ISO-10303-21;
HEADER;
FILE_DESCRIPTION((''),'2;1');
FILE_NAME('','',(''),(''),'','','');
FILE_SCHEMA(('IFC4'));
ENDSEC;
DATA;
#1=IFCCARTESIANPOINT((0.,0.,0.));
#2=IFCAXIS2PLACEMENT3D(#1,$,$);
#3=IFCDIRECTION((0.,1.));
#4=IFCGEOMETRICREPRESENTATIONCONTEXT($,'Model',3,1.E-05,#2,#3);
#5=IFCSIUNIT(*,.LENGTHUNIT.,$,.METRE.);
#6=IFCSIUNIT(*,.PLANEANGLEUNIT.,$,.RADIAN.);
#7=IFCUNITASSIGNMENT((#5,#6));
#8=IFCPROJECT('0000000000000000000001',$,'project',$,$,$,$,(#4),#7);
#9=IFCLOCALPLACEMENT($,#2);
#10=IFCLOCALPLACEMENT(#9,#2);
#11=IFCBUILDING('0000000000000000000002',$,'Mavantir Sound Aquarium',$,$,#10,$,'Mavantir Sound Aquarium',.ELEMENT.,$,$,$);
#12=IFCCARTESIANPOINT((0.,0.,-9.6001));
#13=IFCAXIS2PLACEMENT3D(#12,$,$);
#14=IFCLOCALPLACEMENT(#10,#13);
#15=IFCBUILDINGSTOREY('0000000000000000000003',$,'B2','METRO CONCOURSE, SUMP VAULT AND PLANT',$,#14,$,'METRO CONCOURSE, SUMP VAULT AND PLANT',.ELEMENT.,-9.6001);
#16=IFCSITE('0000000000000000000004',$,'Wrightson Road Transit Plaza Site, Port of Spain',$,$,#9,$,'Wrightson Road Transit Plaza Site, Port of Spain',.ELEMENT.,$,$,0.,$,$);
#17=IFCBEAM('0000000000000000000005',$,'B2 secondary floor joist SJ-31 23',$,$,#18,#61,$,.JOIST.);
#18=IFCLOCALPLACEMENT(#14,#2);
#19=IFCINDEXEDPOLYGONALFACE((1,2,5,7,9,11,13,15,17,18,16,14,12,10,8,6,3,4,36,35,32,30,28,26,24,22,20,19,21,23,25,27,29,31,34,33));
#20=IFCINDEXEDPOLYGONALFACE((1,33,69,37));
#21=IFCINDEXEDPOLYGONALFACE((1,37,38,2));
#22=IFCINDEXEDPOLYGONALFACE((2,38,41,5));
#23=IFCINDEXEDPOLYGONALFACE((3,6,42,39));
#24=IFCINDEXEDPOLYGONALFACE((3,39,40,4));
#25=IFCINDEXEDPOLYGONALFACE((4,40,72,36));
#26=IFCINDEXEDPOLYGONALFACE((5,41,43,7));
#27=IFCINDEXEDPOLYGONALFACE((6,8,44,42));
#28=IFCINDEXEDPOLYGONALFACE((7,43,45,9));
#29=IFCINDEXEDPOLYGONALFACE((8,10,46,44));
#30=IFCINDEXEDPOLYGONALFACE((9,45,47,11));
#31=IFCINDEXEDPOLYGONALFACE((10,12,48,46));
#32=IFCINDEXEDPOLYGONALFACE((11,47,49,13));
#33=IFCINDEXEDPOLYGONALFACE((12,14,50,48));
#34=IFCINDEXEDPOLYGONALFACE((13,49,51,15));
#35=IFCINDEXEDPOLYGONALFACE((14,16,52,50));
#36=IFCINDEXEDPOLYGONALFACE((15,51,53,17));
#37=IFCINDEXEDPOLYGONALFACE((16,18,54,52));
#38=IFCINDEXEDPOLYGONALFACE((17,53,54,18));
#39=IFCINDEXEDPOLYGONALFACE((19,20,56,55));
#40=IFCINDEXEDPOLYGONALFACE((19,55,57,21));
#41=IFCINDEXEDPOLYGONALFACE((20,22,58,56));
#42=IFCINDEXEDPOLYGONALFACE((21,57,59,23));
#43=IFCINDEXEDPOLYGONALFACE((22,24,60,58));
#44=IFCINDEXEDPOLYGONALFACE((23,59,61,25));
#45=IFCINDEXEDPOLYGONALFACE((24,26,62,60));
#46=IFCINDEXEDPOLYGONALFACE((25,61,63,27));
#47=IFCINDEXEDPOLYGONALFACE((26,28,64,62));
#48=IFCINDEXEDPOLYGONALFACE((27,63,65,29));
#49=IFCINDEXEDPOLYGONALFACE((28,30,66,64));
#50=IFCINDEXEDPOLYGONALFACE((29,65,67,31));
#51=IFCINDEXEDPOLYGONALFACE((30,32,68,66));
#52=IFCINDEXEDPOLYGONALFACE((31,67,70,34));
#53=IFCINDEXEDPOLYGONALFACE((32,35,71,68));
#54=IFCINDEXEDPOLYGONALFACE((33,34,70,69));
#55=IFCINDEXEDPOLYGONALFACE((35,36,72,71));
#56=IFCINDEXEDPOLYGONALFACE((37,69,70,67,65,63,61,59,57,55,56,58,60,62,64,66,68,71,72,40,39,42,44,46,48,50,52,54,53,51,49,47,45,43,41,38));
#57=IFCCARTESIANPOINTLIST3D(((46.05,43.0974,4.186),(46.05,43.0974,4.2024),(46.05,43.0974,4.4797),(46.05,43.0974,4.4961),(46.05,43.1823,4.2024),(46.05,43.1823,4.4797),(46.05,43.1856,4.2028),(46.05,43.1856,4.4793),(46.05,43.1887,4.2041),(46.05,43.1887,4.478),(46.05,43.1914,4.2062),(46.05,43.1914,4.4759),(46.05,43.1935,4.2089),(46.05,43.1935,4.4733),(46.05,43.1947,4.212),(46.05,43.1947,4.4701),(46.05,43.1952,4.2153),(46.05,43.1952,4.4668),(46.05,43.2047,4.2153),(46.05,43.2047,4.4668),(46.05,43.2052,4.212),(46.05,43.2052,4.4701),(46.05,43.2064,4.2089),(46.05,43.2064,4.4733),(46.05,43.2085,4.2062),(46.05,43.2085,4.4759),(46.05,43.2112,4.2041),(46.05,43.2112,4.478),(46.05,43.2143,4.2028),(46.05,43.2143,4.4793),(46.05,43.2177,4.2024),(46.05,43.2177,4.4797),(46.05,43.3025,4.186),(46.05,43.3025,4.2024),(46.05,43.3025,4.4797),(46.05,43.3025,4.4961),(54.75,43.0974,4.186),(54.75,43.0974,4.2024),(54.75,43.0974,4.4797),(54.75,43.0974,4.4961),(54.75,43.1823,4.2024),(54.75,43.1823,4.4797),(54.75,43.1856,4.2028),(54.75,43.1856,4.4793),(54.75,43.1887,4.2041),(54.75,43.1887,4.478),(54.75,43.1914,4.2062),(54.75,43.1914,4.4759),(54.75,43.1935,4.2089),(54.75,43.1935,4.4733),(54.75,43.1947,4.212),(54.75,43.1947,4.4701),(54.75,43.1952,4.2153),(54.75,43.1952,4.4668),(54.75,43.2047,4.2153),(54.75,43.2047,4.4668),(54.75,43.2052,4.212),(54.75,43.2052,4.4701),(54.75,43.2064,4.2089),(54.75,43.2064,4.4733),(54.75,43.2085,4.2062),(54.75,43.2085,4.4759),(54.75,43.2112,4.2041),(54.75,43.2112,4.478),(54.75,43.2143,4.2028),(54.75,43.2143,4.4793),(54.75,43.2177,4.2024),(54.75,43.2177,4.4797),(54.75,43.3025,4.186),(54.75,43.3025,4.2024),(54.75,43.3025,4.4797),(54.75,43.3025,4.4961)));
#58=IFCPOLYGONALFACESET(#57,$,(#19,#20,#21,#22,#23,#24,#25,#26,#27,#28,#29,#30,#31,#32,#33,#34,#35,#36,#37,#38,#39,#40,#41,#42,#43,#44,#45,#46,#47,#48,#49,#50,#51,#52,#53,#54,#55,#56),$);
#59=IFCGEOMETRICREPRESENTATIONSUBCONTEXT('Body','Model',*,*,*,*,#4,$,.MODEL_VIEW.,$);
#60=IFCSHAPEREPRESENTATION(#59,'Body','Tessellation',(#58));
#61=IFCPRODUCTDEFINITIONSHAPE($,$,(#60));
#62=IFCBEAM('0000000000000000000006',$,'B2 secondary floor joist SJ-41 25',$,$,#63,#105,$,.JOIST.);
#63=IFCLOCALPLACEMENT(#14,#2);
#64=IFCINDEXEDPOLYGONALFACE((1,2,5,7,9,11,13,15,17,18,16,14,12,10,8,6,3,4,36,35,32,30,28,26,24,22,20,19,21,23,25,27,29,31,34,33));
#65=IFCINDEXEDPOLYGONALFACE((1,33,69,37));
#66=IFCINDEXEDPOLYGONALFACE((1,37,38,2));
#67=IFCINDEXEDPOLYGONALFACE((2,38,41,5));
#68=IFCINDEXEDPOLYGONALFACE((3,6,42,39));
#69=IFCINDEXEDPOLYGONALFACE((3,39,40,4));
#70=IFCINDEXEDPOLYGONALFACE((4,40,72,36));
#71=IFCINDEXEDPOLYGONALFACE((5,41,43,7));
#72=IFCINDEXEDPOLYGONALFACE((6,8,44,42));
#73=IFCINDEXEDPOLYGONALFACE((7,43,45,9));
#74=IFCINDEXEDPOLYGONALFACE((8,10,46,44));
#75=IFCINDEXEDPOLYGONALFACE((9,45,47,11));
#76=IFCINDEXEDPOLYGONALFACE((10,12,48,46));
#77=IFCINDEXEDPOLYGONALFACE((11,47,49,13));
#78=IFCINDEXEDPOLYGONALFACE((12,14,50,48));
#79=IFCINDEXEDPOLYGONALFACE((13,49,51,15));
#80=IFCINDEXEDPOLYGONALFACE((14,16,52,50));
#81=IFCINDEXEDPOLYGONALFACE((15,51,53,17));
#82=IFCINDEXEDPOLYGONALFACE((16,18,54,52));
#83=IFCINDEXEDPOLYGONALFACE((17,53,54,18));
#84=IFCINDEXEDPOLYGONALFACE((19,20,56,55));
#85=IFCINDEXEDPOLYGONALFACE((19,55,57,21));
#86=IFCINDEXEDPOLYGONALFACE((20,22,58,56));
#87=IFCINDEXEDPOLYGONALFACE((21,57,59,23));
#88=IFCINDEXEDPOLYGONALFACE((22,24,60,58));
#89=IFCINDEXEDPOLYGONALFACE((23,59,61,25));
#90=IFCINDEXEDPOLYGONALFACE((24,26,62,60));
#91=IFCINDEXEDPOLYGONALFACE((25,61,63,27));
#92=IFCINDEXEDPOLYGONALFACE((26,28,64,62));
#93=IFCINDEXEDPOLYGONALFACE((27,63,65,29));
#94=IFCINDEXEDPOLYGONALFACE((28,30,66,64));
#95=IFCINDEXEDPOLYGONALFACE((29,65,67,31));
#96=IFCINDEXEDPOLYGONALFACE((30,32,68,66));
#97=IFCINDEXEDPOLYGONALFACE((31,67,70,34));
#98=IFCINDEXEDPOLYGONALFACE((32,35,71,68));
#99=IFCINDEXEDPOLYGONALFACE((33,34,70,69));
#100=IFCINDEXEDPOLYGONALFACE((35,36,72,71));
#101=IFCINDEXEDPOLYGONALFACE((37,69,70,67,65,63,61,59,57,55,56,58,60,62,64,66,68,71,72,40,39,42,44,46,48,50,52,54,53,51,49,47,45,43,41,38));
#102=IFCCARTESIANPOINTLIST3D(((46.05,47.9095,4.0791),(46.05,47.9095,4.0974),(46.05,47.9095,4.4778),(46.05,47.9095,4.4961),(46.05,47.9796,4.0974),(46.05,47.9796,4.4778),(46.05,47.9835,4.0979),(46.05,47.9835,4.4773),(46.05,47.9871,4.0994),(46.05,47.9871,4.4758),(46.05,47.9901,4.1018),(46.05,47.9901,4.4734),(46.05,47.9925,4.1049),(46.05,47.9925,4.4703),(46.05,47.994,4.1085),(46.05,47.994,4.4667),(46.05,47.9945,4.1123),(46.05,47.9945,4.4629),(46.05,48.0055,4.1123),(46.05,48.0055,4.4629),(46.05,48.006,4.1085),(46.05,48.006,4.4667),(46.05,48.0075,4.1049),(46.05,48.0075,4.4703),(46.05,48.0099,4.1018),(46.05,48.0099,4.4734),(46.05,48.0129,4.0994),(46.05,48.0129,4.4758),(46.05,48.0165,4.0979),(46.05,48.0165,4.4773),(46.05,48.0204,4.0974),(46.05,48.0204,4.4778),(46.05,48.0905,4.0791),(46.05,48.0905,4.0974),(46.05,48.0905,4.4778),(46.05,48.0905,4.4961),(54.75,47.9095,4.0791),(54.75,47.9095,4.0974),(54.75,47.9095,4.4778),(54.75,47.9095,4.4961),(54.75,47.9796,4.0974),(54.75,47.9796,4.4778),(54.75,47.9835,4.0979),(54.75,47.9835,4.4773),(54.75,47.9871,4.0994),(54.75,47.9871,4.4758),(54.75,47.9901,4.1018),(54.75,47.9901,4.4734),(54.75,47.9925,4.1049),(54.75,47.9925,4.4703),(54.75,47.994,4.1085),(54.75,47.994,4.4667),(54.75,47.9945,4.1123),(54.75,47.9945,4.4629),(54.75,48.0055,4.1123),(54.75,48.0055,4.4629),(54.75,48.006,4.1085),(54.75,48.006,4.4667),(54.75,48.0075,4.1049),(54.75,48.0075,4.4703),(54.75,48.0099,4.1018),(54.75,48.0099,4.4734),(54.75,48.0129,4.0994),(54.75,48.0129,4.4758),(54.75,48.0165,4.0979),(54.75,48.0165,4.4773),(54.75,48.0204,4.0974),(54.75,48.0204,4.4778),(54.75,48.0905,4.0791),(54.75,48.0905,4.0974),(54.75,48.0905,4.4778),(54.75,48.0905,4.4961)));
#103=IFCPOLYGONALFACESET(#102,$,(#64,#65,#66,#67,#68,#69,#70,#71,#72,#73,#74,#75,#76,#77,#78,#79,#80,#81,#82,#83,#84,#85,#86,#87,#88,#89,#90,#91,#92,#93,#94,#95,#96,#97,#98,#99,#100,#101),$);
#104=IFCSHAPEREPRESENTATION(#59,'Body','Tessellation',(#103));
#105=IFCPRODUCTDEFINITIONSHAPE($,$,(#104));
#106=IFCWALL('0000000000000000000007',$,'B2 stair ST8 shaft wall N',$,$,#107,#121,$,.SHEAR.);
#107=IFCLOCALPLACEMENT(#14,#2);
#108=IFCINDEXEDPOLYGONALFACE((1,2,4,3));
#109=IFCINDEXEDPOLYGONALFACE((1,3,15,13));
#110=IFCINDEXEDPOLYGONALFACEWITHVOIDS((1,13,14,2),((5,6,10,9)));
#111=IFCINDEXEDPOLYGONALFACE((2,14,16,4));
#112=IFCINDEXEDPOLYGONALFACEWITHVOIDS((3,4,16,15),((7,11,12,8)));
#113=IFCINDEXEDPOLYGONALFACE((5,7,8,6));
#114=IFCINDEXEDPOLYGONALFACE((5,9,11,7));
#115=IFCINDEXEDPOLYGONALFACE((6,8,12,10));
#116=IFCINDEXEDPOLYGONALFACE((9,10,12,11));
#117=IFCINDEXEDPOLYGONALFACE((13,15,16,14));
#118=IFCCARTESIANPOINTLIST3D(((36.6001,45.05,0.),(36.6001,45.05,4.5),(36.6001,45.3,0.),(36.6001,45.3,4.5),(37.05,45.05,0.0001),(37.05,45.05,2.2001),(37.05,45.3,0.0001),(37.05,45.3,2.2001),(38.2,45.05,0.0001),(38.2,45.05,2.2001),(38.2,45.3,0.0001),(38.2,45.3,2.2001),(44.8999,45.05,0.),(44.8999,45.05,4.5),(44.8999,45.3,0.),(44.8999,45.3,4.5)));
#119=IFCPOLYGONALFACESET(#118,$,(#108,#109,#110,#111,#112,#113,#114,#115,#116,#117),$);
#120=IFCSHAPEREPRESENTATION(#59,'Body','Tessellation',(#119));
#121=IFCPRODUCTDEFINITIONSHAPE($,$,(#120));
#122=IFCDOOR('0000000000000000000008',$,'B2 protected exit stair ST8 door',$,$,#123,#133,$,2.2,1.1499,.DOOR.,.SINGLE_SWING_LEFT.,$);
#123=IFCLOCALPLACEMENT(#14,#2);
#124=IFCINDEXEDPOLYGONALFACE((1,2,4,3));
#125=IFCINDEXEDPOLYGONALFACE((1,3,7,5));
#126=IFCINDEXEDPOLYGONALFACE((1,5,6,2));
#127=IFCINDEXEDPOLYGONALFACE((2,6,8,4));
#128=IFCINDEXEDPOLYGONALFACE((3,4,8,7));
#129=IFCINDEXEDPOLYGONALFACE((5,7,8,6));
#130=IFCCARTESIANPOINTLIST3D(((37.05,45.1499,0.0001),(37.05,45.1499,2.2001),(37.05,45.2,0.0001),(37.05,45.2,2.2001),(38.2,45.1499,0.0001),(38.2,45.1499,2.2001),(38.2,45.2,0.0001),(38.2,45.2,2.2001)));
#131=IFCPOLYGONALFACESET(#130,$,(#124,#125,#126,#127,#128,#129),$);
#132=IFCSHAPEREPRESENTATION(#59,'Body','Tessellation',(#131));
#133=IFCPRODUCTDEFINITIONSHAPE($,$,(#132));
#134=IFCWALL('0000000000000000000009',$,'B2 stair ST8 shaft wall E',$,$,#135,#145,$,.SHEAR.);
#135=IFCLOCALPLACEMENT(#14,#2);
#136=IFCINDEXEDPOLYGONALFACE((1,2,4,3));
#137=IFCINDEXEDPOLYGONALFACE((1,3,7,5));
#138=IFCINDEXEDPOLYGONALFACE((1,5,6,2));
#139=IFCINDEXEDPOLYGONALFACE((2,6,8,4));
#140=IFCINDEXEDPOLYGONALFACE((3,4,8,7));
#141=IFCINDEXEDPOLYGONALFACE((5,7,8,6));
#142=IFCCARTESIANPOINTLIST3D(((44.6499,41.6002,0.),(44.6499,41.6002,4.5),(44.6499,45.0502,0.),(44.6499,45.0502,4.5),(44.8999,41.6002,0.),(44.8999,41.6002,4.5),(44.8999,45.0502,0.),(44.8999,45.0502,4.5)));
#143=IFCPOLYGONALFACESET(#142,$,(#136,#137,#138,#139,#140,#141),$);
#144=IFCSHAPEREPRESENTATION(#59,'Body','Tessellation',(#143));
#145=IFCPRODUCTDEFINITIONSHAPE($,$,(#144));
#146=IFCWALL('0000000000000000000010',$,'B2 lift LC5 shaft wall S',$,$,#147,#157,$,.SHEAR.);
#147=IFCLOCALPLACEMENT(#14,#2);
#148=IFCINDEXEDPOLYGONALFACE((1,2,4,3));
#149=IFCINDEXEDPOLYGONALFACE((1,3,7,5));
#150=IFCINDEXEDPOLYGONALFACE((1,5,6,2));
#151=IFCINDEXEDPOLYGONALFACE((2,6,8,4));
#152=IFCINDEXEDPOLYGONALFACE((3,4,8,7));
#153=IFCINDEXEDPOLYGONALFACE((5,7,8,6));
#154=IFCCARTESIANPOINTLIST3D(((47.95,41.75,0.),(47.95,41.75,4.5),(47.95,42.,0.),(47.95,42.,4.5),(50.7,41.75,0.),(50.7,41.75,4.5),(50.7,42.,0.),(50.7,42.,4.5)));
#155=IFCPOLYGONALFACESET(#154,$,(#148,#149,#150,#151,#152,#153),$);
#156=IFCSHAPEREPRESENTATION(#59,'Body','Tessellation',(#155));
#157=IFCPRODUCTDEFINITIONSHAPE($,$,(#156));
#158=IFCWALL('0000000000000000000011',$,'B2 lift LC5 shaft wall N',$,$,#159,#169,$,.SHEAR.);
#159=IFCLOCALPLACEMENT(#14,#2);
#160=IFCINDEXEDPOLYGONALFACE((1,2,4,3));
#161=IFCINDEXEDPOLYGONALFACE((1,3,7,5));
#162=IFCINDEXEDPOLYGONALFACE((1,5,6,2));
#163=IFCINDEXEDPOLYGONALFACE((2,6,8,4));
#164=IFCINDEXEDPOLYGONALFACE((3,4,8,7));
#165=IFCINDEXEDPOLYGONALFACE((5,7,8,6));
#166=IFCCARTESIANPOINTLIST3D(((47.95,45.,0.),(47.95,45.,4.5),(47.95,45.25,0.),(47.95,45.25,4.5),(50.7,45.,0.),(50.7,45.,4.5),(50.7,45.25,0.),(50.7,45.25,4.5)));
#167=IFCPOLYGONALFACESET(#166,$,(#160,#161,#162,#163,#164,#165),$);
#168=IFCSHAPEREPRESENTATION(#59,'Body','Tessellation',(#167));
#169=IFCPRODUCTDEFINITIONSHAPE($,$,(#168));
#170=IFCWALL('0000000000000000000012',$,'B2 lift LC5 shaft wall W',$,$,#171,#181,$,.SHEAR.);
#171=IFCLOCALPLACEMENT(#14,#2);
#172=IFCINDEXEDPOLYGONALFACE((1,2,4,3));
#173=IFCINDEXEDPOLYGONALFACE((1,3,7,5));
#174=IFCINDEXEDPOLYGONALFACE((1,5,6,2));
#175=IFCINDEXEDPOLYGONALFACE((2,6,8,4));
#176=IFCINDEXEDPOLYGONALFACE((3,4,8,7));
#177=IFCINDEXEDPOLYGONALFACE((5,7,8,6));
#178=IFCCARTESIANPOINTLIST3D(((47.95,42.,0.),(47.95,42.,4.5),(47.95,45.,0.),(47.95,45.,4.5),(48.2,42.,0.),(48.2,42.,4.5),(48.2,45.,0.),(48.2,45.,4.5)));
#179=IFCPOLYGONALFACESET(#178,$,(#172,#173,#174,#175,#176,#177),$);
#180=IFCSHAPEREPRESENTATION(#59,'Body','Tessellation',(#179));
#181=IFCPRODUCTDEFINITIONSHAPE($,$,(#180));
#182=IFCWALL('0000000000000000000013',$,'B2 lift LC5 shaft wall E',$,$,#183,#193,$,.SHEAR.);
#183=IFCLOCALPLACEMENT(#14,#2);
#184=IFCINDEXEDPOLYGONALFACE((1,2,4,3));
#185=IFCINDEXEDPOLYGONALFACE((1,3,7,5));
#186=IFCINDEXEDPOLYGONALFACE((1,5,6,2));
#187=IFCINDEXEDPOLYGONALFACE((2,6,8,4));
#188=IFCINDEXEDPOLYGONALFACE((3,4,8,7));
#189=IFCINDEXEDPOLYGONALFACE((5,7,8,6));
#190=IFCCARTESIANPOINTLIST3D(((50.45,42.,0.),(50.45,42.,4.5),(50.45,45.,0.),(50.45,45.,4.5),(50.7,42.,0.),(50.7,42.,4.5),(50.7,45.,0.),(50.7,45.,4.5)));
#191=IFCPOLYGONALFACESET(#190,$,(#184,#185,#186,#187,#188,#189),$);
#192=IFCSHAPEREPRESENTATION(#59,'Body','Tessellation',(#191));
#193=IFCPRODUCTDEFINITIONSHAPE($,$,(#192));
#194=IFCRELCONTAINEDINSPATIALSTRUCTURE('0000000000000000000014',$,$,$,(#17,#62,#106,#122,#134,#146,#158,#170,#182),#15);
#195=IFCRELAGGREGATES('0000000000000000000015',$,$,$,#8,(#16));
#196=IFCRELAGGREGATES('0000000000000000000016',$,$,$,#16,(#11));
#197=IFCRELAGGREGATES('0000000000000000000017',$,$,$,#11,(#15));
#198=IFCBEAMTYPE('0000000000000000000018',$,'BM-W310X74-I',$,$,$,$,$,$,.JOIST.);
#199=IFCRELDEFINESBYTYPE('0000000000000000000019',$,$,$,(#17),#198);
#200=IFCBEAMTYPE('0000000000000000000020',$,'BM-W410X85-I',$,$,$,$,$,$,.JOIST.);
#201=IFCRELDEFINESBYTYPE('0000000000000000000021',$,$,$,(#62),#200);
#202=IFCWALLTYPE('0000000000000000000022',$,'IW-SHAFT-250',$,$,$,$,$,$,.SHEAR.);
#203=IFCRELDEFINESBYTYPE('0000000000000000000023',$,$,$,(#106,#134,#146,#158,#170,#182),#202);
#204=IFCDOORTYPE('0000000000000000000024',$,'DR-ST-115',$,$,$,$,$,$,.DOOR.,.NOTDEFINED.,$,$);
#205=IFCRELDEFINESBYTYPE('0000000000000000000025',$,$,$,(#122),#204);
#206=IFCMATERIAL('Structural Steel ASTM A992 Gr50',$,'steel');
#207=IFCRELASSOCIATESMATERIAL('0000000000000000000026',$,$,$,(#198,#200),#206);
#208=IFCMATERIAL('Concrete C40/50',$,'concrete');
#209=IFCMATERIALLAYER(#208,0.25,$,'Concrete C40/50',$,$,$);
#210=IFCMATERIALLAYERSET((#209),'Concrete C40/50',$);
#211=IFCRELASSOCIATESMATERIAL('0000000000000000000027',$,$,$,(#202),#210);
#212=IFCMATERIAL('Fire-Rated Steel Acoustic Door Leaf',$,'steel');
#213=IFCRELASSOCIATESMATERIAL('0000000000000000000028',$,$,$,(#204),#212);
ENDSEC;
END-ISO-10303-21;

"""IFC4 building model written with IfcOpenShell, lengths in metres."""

from ifc_helpers import new_model, si_unit, direction, frame, frame_2d, origin, origin_2d, place, context, subcontext, project, spatial, rectangle, i_section, extrude, material, layer, layer_set, material_profile, profile_set, type_object, element, fill, save


model = new_model("IFC4")

# Units and contexts
model_context = context("Model", 3, precision=1e-05, world=origin(), true_north=direction((0.0, 1.0)))
body_context = subcontext(model_context, "Body", "Model", "MODEL_VIEW")
ifc_project = project(units=[si_unit("LENGTHUNIT", "METRE"), si_unit("PLANEANGLEUNIT", "RADIAN")], contexts=[model_context])

# Site, building, storey
site_placement = place(None, origin())
site = spatial("IfcSite", under=ifc_project, at=site_placement, Name="Wrightson Road Transit Plaza Site, Port of Spain", LongName="Wrightson Road Transit Plaza Site, Port of Spain", CompositionType="ELEMENT", RefElevation=0.0)
building_placement = place(site_placement, origin())
building = spatial("IfcBuilding", under=site, at=building_placement, Name="Mavantir Sound Aquarium", LongName="Mavantir Sound Aquarium", CompositionType="ELEMENT")
storey_placement = place(building_placement, frame((0.0, 0.0, -9.6001)))
storey = spatial("IfcBuildingStorey", under=building, at=storey_placement, Name="B2", Description="METRO CONCOURSE, SUMP VAULT AND PLANT", LongName="METRO CONCOURSE, SUMP VAULT AND PLANT", CompositionType="ELEMENT", Elevation=-9.6001)

# Shared definitions
ifc_material_1 = material(Name="Concrete C40/50", Category="concrete")

# Beams
ifc_material_2 = material(Name="Structural Steel ASTM A992 Gr50", Category="steel")
ifc_material_profile_1 = material_profile(ifc_material_2, i_section(OverallWidth=0.2051, OverallDepth=0.3101, WebThickness=0.0095, FlangeThickness=0.0164, FilletRadius=0.0129, at=origin_2d()), Name="W310X74")
ifc_profile_set_1 = profile_set([ifc_material_profile_1], Name="Structural Steel ASTM A992 Gr50")
beam_type_1 = type_object("IfcBeamType", Name="BM-W310X74-I", PredefinedType="JOIST", material=ifc_profile_set_1)
beam_1_placement = place(storey_placement, frame((46.05, 43.2, 4.3411), z_axis=(1.0, 0.0, 0.0), x_axis=(0.0, 1.0, 0.0)))
element("IfcBeam", 1, at=beam_1_placement, inside=storey, type_object=beam_type_1, Name="B2 secondary floor joist SJ-31 23", PredefinedType="JOIST", context=body_context, shape_type="SweptSolid", body=[
    extrude(i_section(OverallWidth=0.2051, OverallDepth=0.3101, WebThickness=0.0095, FlangeThickness=0.0164, FilletRadius=0.0129, at=origin_2d()), origin(), (0.0, 0.0, 1.0), 8.7),
])
ifc_material_profile_2 = material_profile(ifc_material_2, i_section(OverallWidth=0.1809, OverallDepth=0.417, WebThickness=0.011, FlangeThickness=0.0183, FilletRadius=0.0149, at=origin_2d()), Name="W410X85")
ifc_profile_set_2 = profile_set([ifc_material_profile_2], Name="Structural Steel ASTM A992 Gr50")
beam_type_2 = type_object("IfcBeamType", Name="BM-W410X85-I", PredefinedType="JOIST", material=ifc_profile_set_2)
beam_2_placement = place(storey_placement, frame((46.05, 48.0, 4.2876), z_axis=(1.0, 0.0, 0.0), x_axis=(0.0, 1.0, 0.0)))
element("IfcBeam", 2, at=beam_2_placement, inside=storey, type_object=beam_type_2, Name="B2 secondary floor joist SJ-41 25", PredefinedType="JOIST", context=body_context, shape_type="SweptSolid", body=[
    extrude(i_section(OverallWidth=0.1809, OverallDepth=0.417, WebThickness=0.011, FlangeThickness=0.0183, FilletRadius=0.0149, at=origin_2d()), origin(), (0.0, 0.0, 1.0), 8.7),
])

# Wall, opening, door
ifc_layer = layer(ifc_material_1, 0.25, Name="Concrete C40/50")
ifc_layer_set = layer_set([ifc_layer], Name="Concrete C40/50")
wall_type = type_object("IfcWallType", Name="IW-SHAFT-250", PredefinedType="SHEAR", material=ifc_layer_set)
wall_1_placement = place(storey_placement, frame((44.8999, 45.175, 0.0), z_axis=(0.0, 0.0, 1.0), x_axis=(-1.0, 0.0, 0.0)))
wall_1 = element("IfcWall", 3, at=wall_1_placement, inside=storey, type_object=wall_type, Name="B2 stair ST8 shaft wall N", PredefinedType="SHEAR", context=body_context, shape_type="SweptSolid", body=[
    extrude(rectangle(XDim=8.2998, YDim=0.25, at=frame_2d((4.1499, 0.0))), origin(), (0.0, 0.0, 1.0), 4.5),
])
opening_placement = place(wall_1_placement, frame((7.8499, 0.0, 0.0), z_axis=(0.0, 0.0, 1.0), x_axis=(-1.0, 0.0, 0.0)))
opening = element("IfcOpeningElement", 4, at=opening_placement, cuts=wall_1, PredefinedType="OPENING", context=body_context, shape_type="SweptSolid", body=[
    extrude(rectangle(XDim=1.1499, YDim=2.2, at=frame_2d((0.575, 1.1001))), frame((0.0, 0.135, 0.0), z_axis=(0.0, -1.0, 0.0), x_axis=(1.0, 0.0, 0.0)), (0.0, 0.0, 1.0), 0.27),
])
ifc_material_3 = material(Name="Fire-Rated Steel Acoustic Door Leaf", Category="steel")
door_type = type_object("IfcDoorType", Name="DR-ST-115", OperationType="NOTDEFINED", PredefinedType="DOOR", material=ifc_material_3)
door_placement = place(opening_placement, origin())
door = element("IfcDoor", 5, at=door_placement, inside=storey, type_object=door_type, Name="B2 protected exit stair ST8 door", OperationType="SINGLE_SWING_LEFT", OverallHeight=2.2, OverallWidth=1.1499, PredefinedType="DOOR", context=body_context, shape_type="SweptSolid", body=[
    extrude(rectangle(XDim=1.1499, YDim=2.2, at=frame_2d((0.575, 1.1001))), frame((0.0, 0.0249, 0.0), z_axis=(0.0, -1.0, 0.0), x_axis=(1.0, 0.0, 0.0)), (0.0, 0.0, 1.0), 0.05),
])
fill(opening, door)

# Walls
wall_2_placement = place(storey_placement, frame((44.7749, 41.6001, 0.0), z_axis=(0.0, 0.0, 1.0), x_axis=(0.0, 1.0, 0.0)))
element("IfcWall", 6, at=wall_2_placement, inside=storey, type_object=wall_type, Name="B2 stair ST8 shaft wall E", PredefinedType="SHEAR", context=body_context, shape_type="SweptSolid", body=[
    extrude(rectangle(XDim=3.45, YDim=0.25, at=frame_2d((1.7251, 0.0))), origin(), (0.0, 0.0, 1.0), 4.5),
])
for number, where, z_axis, x_axis, name in (
    (7, (47.95, 41.875, 0.0), (0.0, 0.0, 1.0), (1.0, 0.0, 0.0), "B2 lift LC5 shaft wall S"),
    (8, (47.95, 45.125, 0.0), (0.0, 0.0, 1.0), (1.0, 0.0, 0.0), "B2 lift LC5 shaft wall N"),
):
    element("IfcWall", number, at=place(storey_placement, frame(where, z_axis=z_axis, x_axis=x_axis)), inside=storey, type_object=wall_type, Name=name, PredefinedType="SHEAR", context=body_context, shape_type="SweptSolid", body=[
        extrude(rectangle(XDim=2.75, YDim=0.25, at=frame_2d((1.375, 0.0))), origin(), (0.0, 0.0, 1.0), 4.5),
    ])
for number, where, z_axis, x_axis, name in (
    (9, (48.075, 42.0, 0.0), (0.0, 0.0, 1.0), (0.0, 1.0, 0.0), "B2 lift LC5 shaft wall W"),
    (10, (50.575, 42.0, 0.0), (0.0, 0.0, 1.0), (0.0, 1.0, 0.0), "B2 lift LC5 shaft wall E"),
):
    element("IfcWall", number, at=place(storey_placement, frame(where, z_axis=z_axis, x_axis=x_axis)), inside=storey, type_object=wall_type, Name=name, PredefinedType="SHEAR", context=body_context, shape_type="SweptSolid", body=[
        extrude(rectangle(XDim=3.0, YDim=0.25, at=frame_2d((1.5, 0.0))), origin(), (0.0, 0.0, 1.0), 4.5),
    ])

save(model, "model.ifc")
